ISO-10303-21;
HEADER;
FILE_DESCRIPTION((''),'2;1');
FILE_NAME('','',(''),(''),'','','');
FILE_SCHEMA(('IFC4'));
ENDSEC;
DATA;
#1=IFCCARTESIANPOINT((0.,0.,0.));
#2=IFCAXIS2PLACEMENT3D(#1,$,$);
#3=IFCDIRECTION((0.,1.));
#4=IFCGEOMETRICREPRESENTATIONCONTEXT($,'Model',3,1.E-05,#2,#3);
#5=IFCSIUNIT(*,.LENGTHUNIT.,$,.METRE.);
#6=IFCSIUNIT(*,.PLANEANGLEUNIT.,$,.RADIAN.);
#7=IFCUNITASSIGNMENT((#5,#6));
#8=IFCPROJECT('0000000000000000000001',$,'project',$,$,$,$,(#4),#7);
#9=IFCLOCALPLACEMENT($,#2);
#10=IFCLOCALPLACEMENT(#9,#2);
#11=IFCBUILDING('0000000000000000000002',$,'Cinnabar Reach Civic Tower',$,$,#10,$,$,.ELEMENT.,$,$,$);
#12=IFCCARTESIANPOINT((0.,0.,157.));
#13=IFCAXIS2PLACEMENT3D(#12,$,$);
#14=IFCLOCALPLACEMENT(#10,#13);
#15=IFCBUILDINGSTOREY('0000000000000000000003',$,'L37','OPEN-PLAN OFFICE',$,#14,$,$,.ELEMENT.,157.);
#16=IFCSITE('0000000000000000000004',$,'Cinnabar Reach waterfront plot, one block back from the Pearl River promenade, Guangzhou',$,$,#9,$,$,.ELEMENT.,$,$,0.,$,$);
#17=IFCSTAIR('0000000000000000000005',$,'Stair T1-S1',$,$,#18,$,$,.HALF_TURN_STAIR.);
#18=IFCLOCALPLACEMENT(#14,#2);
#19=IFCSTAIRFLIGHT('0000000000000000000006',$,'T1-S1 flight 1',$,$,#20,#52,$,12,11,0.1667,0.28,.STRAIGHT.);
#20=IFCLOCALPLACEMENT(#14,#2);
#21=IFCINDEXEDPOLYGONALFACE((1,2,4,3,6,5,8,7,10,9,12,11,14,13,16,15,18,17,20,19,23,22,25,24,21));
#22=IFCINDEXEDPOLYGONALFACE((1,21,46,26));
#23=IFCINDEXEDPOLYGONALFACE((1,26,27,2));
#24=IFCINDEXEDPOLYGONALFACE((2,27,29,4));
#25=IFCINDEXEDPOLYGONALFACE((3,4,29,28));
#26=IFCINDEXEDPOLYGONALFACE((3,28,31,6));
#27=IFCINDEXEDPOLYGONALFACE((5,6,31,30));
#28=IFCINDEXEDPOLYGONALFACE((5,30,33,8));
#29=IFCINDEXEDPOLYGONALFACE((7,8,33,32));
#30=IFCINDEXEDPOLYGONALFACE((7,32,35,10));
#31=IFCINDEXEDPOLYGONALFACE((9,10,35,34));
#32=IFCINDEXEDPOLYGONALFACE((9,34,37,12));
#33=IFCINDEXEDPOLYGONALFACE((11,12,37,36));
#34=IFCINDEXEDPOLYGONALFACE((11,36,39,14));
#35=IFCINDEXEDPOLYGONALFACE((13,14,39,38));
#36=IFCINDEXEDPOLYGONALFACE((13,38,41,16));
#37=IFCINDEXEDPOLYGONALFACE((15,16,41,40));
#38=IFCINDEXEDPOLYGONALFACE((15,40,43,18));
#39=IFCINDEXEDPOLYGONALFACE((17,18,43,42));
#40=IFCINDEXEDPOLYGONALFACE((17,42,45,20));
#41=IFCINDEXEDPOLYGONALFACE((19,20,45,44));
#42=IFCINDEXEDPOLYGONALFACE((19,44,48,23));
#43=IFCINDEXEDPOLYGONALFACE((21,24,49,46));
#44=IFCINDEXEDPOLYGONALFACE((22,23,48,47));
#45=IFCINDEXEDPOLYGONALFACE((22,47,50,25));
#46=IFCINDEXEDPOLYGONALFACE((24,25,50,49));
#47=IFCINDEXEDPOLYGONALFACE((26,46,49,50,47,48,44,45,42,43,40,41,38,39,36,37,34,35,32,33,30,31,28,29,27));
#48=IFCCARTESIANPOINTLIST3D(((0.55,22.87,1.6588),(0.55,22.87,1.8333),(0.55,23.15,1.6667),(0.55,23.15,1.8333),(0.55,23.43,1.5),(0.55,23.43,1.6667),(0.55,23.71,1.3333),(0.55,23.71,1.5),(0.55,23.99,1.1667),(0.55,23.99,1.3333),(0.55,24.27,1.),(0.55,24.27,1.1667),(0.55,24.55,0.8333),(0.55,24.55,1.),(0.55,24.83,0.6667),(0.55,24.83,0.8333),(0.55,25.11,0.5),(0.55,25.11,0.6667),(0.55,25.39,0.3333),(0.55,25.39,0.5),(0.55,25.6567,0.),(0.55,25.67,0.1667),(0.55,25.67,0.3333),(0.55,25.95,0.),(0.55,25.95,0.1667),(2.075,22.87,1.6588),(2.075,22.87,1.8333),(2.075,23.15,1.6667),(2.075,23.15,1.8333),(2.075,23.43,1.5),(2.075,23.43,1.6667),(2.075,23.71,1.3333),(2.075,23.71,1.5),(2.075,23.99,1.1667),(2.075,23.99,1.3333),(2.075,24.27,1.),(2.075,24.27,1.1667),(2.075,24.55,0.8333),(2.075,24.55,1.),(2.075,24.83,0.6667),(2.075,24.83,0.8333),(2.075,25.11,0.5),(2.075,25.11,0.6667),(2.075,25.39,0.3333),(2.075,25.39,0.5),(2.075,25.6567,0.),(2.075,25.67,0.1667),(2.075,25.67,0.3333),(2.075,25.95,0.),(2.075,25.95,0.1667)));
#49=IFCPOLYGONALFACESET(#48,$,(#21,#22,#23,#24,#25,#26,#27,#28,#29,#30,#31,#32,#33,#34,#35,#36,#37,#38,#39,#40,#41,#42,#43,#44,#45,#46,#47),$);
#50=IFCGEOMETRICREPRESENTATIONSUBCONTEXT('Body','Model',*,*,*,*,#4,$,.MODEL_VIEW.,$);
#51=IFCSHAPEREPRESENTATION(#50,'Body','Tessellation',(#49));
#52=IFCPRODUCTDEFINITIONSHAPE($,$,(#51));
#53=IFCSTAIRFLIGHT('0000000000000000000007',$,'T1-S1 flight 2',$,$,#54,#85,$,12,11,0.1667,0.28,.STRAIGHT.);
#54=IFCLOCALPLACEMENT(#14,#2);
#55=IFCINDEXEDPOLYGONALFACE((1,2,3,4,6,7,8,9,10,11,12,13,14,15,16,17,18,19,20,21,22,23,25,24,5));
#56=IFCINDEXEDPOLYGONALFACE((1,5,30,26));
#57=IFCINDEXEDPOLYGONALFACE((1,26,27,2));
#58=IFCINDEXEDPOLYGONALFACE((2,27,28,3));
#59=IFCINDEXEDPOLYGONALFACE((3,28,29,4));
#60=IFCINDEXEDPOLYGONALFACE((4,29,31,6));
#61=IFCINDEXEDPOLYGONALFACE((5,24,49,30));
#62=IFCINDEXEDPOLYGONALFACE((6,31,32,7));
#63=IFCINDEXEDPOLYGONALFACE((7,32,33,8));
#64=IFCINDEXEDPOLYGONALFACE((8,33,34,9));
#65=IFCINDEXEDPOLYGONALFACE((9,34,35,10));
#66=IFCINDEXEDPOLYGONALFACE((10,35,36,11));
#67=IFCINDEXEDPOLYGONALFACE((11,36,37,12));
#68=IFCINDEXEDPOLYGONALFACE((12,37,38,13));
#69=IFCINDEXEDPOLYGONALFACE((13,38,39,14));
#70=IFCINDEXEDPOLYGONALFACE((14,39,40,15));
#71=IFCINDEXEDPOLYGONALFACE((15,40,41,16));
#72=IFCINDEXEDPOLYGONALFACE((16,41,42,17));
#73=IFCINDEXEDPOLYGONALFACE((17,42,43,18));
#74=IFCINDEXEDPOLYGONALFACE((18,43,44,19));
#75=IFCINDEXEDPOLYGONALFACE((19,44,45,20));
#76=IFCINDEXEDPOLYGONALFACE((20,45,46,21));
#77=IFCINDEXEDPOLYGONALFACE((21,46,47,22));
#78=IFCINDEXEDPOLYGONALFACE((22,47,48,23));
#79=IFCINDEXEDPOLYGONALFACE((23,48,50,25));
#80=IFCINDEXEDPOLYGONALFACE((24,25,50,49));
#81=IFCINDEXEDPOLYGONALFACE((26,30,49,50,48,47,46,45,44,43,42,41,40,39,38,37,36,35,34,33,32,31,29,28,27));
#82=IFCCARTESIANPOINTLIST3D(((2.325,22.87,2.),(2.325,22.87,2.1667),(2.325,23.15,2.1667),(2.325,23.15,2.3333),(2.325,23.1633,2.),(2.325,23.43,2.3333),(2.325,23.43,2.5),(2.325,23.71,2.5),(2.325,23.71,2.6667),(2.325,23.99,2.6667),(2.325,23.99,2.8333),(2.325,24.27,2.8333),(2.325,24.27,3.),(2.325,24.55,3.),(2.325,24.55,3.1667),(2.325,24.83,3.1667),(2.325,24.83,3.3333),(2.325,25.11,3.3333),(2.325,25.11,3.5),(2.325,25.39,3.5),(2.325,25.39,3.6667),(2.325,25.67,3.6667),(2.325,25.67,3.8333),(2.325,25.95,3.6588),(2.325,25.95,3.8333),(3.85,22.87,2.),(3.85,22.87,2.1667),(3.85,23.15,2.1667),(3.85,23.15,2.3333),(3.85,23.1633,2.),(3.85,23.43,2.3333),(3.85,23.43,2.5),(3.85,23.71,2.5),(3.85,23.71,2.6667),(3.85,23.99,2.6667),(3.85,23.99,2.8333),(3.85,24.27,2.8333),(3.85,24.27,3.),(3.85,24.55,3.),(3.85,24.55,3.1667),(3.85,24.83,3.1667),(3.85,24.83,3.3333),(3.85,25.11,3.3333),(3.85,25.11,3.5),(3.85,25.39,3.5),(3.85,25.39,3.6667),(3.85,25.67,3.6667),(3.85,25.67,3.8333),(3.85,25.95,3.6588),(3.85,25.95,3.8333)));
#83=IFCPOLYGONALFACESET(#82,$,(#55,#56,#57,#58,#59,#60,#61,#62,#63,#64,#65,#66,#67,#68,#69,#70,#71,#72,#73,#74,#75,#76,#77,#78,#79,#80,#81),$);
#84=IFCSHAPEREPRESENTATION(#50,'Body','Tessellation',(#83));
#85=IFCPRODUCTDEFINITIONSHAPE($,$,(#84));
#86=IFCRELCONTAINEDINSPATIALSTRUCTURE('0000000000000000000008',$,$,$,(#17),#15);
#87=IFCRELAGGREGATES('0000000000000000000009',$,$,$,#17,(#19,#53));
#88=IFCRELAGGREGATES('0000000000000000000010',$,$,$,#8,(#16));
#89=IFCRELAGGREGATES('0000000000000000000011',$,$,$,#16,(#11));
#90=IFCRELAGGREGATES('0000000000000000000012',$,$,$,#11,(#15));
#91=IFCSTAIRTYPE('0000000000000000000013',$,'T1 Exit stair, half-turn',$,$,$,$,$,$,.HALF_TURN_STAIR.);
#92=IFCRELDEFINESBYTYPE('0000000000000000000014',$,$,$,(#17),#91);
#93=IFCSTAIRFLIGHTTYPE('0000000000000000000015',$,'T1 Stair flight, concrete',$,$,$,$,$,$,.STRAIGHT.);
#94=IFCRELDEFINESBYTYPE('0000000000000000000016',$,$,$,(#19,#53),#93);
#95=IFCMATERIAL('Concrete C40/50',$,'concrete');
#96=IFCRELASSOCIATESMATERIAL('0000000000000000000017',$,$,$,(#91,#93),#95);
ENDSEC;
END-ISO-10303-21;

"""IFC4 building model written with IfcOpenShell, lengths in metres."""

from ifc_helpers import new_model, si_unit, direction, frame, origin, place, context, subcontext, project, spatial, polyline, outline, extrude, material, type_object, element, aggregate, save


model = new_model("IFC4")

# Units and contexts
model_context = context("Model", 3, precision=1e-05, world=origin(), true_north=direction((0.0, 1.0)))
body_context = subcontext(model_context, "Body", "Model", "MODEL_VIEW")
ifc_project = project(units=[si_unit("LENGTHUNIT", "METRE"), si_unit("PLANEANGLEUNIT", "RADIAN")], contexts=[model_context])

# Site, building, storey
site_placement = place(None, origin())
site = spatial("IfcSite", under=ifc_project, at=site_placement, Name="Cinnabar Reach waterfront plot, one block back from the Pearl River promenade, Guangzhou", CompositionType="ELEMENT", RefElevation=0.0)
building_placement = place(site_placement, origin())
building = spatial("IfcBuilding", under=site, at=building_placement, Name="Cinnabar Reach Civic Tower", CompositionType="ELEMENT")
storey_placement = place(building_placement, frame((0.0, 0.0, 157.0)))
storey = spatial("IfcBuildingStorey", under=building, at=storey_placement, Name="L37", Description="OPEN-PLAN OFFICE", CompositionType="ELEMENT", Elevation=157.0)

# Shared definitions
ifc_material_1 = material(Name="Concrete C40/50", Category="concrete")

# Stair, stair flights
stair_type = type_object("IfcStairType", Name="T1 Exit stair, half-turn", PredefinedType="HALF_TURN_STAIR", material=ifc_material_1)
stair_placement = place(storey_placement, origin())
stair = element("IfcStair", 1, at=stair_placement, inside=storey, type_object=stair_type, Name="Stair T1-S1", PredefinedType="HALF_TURN_STAIR")
stair_flight_type = type_object("IfcStairFlightType", Name="T1 Stair flight, concrete", PredefinedType="STRAIGHT", material=ifc_material_1)
stair_flight_1_placement = place(storey_placement, frame((1.3125, 25.95, 0.0), z_axis=(0.0, 0.0, 1.0), x_axis=(0.0, -1.0, 0.0)))
stair_flight_1 = element("IfcStairFlight", 2, at=stair_flight_1_placement, type_object=stair_flight_type, Name="T1-S1 flight 1", NumberOfRisers=12, NumberOfTreads=11, PredefinedType="STRAIGHT", RiserHeight=0.1667, TreadLength=0.28, context=body_context, shape_type="SweptSolid", body=[
    extrude(outline(polyline([(0.0, 0.0), (0.0, 0.1667), (0.28, 0.1667), (0.28, 0.3333), (0.56, 0.3333), (0.56, 0.5), (0.84, 0.5), (0.84, 0.6667), (1.12, 0.6667), (1.12, 0.8333), (1.4, 0.8333), (1.4, 1.0), (1.68, 1.0), (1.68, 1.1667), (1.96, 1.1667), (1.96, 1.3333), (2.24, 1.3333), (2.24, 1.5), (2.52, 1.5), (2.52, 1.6667), (2.8, 1.6667), (2.8, 1.8333), (3.08, 1.8333), (3.08, 2.0), (3.08, 1.6588), (0.2933, 0.0), (0.0, 0.0)])), frame((0.0, 0.7625, 0.0), z_axis=(0.0, -1.0, 0.0), x_axis=(1.0, 0.0, 0.0)), (0.0, 0.0, 1.0), 1.525),
])
stair_flight_2_placement = place(storey_placement, frame((3.0875, 22.87, 2.0), z_axis=(0.0, 0.0, 1.0), x_axis=(0.0, 1.0, 0.0)))
stair_flight_2 = element("IfcStairFlight", 3, at=stair_flight_2_placement, type_object=stair_flight_type, Name="T1-S1 flight 2", NumberOfRisers=12, NumberOfTreads=11, PredefinedType="STRAIGHT", RiserHeight=0.1667, TreadLength=0.28, context=body_context, shape_type="SweptSolid", body=[
    extrude(outline(polyline([(0.0, 0.0), (0.0, 0.1667), (0.28, 0.1667), (0.28, 0.3333), (0.56, 0.3333), (0.56, 0.5), (0.84, 0.5), (0.84, 0.6667), (1.12, 0.6667), (1.12, 0.8333), (1.4, 0.8333), (1.4, 1.0), (1.68, 1.0), (1.68, 1.1667), (1.96, 1.1667), (1.96, 1.3333), (2.24, 1.3333), (2.24, 1.5), (2.52, 1.5), (2.52, 1.6667), (2.8, 1.6667), (2.8, 1.8333), (3.08, 1.8333), (3.08, 2.0), (3.08, 1.6588), (0.2933, 0.0), (0.0, 0.0)])), frame((0.0, 0.7625, 0.0), z_axis=(0.0, -1.0, 0.0), x_axis=(1.0, 0.0, 0.0)), (0.0, 0.0, 1.0), 1.525),
])
aggregate(stair, [stair_flight_1, stair_flight_2])

save(model, "model.ifc")
